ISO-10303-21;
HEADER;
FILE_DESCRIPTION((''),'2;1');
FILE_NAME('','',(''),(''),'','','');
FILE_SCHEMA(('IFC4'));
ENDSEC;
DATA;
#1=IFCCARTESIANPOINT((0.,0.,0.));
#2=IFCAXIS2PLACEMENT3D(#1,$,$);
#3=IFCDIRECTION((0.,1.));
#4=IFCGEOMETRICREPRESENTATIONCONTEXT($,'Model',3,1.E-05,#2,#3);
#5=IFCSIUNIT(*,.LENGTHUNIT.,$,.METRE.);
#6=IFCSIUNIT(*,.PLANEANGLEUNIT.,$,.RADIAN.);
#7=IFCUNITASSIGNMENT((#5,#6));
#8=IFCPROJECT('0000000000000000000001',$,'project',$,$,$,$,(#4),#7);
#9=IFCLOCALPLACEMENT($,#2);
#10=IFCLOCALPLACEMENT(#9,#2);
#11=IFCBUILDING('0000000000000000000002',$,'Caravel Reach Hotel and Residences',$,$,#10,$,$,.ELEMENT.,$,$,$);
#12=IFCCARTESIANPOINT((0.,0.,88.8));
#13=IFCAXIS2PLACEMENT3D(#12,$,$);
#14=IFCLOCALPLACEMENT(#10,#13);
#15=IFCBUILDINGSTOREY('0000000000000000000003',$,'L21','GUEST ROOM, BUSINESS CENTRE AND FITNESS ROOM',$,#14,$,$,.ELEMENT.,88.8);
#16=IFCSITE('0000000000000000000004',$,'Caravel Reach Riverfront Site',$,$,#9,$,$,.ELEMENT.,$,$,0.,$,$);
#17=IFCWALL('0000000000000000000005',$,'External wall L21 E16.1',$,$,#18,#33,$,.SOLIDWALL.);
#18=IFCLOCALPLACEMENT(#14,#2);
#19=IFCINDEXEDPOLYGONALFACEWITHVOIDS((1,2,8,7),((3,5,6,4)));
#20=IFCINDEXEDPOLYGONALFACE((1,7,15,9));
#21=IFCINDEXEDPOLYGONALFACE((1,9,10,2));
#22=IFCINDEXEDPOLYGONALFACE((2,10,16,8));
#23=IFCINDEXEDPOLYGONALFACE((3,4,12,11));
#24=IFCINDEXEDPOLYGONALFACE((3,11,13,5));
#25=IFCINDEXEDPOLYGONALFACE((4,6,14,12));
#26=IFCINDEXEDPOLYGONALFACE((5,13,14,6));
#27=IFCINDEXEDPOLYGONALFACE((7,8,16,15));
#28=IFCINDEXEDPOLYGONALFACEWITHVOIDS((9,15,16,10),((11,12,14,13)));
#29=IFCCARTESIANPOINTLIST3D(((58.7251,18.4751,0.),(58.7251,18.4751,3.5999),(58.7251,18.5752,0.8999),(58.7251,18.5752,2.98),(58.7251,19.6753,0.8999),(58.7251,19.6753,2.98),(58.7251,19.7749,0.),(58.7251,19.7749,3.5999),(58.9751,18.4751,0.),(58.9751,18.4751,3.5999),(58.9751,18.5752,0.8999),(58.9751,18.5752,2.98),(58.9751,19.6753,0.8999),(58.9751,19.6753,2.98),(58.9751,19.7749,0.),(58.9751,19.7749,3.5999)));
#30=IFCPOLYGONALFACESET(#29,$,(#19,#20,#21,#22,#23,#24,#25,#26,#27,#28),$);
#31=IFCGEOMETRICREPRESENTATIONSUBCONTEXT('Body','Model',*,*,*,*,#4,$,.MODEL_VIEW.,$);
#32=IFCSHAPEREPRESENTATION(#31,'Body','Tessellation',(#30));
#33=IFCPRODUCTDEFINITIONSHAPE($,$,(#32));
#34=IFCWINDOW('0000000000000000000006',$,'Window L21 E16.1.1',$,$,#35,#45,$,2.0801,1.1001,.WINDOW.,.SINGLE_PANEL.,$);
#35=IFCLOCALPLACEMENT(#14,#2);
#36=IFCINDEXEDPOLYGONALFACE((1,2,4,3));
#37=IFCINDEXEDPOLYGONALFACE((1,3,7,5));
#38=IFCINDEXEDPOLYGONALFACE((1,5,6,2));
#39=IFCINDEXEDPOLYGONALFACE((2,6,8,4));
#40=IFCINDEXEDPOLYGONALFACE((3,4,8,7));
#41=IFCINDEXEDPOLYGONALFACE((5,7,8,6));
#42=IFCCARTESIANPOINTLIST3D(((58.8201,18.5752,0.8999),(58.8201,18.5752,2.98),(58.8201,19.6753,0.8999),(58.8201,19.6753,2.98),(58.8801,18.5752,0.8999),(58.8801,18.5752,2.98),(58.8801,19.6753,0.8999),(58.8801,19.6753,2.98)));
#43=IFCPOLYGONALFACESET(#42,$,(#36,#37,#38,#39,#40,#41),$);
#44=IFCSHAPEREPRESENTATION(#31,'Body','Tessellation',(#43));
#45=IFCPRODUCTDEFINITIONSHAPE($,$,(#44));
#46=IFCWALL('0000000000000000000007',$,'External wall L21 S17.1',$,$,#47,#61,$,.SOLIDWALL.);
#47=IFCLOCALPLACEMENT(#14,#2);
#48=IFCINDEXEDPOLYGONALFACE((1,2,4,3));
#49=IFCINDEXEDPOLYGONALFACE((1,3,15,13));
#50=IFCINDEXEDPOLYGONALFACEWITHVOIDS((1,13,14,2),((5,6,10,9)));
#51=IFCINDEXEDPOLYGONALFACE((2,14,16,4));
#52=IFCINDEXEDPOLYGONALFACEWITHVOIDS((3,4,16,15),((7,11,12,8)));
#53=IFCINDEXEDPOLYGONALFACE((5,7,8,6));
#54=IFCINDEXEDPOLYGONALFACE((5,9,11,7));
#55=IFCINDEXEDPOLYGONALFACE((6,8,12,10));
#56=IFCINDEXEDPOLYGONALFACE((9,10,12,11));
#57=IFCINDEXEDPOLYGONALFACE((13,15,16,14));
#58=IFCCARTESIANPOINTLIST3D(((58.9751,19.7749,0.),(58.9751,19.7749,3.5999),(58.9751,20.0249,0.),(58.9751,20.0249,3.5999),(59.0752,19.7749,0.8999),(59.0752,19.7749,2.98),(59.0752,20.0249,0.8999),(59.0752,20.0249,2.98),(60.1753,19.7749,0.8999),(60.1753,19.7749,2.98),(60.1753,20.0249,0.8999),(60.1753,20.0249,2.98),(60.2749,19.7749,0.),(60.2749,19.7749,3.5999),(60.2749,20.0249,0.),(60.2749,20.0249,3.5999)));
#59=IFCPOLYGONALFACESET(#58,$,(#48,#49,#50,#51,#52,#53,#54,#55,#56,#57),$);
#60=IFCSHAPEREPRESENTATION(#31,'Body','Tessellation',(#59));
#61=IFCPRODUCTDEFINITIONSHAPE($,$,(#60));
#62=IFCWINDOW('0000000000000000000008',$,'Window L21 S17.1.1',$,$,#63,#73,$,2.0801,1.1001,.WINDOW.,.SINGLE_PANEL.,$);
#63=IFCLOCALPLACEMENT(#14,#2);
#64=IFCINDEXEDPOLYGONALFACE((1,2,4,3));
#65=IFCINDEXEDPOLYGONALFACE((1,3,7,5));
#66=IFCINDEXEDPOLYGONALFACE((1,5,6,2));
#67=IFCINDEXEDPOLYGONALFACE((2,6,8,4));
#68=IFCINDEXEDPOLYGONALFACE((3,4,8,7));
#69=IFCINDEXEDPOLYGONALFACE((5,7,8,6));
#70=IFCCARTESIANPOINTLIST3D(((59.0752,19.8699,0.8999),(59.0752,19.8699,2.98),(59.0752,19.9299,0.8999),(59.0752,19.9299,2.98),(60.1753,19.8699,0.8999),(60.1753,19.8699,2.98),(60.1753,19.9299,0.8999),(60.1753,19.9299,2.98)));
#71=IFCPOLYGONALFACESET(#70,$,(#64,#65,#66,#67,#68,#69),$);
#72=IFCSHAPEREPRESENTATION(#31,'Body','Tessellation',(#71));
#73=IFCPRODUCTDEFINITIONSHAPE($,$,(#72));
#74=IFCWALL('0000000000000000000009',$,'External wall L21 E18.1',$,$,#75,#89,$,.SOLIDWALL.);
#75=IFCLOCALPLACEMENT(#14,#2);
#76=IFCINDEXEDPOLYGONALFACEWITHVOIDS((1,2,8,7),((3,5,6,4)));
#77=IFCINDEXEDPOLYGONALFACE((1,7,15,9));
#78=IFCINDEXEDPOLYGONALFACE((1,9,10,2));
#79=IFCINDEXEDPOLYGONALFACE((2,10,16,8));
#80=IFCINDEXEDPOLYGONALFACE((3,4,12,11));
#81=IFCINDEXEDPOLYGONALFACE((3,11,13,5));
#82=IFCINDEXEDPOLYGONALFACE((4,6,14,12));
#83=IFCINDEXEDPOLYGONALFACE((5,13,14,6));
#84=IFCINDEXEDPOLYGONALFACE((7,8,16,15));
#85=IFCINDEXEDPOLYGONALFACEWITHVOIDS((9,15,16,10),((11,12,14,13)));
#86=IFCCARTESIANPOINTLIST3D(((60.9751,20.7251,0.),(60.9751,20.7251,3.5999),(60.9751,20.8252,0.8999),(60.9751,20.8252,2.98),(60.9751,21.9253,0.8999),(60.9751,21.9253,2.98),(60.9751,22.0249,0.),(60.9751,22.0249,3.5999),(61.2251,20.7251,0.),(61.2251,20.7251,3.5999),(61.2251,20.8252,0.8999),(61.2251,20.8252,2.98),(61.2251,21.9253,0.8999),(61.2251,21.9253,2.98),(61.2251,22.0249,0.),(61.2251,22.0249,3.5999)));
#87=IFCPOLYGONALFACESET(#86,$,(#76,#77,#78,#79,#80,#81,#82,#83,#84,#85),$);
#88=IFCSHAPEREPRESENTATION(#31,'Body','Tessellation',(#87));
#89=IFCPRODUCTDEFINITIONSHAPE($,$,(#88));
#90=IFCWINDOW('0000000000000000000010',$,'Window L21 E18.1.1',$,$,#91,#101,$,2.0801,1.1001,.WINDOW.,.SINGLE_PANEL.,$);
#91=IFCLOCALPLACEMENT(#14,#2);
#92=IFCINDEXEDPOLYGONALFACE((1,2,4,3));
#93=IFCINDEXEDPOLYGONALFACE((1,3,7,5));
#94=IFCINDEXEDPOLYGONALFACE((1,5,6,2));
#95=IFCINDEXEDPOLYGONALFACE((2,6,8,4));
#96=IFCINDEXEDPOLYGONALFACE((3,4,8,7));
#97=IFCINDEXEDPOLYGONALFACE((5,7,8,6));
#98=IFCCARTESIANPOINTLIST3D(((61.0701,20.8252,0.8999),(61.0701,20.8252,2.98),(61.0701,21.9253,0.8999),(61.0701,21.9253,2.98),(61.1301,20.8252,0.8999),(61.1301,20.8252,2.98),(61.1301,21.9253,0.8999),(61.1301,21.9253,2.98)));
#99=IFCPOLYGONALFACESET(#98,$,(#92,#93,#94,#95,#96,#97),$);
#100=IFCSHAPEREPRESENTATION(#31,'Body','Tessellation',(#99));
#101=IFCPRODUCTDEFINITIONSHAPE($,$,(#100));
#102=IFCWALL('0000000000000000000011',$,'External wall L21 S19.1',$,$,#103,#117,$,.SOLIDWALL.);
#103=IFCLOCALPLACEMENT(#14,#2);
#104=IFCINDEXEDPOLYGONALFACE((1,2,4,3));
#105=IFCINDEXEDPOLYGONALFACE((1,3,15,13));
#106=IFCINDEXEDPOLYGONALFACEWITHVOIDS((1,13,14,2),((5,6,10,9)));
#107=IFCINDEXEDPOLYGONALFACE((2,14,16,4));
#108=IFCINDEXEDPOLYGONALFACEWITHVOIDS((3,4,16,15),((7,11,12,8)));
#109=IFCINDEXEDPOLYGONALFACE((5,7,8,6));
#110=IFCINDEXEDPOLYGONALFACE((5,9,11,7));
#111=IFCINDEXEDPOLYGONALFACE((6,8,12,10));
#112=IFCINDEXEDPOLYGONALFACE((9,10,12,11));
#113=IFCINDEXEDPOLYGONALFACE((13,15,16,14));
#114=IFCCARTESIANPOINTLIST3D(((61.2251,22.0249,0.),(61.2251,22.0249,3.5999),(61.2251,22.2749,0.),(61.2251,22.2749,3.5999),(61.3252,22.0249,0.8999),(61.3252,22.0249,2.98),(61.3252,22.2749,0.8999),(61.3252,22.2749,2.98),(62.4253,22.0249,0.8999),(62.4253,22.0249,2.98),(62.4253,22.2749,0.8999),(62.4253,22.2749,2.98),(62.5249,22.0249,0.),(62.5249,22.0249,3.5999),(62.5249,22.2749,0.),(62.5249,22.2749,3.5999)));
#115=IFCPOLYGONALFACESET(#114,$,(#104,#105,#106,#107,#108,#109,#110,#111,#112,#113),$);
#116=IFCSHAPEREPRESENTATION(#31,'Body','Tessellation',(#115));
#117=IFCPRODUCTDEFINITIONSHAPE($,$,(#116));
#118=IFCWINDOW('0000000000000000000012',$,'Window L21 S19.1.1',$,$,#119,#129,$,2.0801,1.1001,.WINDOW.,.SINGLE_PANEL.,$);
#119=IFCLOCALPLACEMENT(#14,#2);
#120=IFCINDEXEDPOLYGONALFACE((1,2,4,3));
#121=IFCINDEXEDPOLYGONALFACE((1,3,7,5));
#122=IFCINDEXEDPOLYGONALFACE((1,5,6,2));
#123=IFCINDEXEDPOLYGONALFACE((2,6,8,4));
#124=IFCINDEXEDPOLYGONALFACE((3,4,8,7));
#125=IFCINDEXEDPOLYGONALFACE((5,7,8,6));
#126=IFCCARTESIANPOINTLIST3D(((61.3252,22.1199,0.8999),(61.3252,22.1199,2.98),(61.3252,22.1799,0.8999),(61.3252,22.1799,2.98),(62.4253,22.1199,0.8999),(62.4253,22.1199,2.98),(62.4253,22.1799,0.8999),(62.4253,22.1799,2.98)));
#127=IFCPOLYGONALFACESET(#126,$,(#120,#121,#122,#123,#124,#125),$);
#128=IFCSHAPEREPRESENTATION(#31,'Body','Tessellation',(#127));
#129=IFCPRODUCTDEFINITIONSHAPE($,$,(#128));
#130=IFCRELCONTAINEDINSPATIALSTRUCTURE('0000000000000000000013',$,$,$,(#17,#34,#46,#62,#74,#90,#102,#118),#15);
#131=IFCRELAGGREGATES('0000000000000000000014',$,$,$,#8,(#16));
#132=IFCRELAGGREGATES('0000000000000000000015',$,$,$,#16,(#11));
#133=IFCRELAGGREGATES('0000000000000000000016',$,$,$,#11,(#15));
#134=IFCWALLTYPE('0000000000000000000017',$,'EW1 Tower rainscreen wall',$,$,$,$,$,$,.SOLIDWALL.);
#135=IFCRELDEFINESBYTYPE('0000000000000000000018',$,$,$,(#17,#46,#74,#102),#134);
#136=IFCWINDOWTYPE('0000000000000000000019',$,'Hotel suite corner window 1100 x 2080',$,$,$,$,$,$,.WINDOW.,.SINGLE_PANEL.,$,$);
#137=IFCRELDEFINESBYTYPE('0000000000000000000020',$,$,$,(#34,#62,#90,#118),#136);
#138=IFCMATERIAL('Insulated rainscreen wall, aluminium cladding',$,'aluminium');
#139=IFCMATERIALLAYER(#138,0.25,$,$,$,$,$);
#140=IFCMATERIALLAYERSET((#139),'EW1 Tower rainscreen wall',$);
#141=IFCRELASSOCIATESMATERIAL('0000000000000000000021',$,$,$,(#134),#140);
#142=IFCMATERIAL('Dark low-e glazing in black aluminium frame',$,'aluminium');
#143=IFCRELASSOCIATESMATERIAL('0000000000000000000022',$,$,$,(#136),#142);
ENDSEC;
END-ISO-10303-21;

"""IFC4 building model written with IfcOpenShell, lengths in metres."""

from ifc_helpers import new_model, si_unit, direction, frame, frame_2d, origin, place, context, subcontext, project, spatial, rectangle, extrude, material, layer, layer_set, type_object, element, fill, save


model = new_model("IFC4")

# Units and contexts
model_context = context("Model", 3, precision=1e-05, world=origin(), true_north=direction((0.0, 1.0)))
body_context = subcontext(model_context, "Body", "Model", "MODEL_VIEW")
ifc_project = project(units=[si_unit("LENGTHUNIT", "METRE"), si_unit("PLANEANGLEUNIT", "RADIAN")], contexts=[model_context])

# Site, building, storey
site_placement = place(None, origin())
site = spatial("IfcSite", under=ifc_project, at=site_placement, Name="Caravel Reach Riverfront Site", CompositionType="ELEMENT", RefElevation=0.0)
building_placement = place(site_placement, origin())
building = spatial("IfcBuilding", under=site, at=building_placement, Name="Caravel Reach Hotel and Residences", CompositionType="ELEMENT")
storey_placement = place(building_placement, frame((0.0, 0.0, 88.8)))
storey = spatial("IfcBuildingStorey", under=building, at=storey_placement, Name="L21", Description="GUEST ROOM, BUSINESS CENTRE AND FITNESS ROOM", CompositionType="ELEMENT", Elevation=88.8)

# Shared definitions
ifc_material_1 = material(Name="Insulated rainscreen wall, aluminium cladding", Category="aluminium")
ifc_layer_1 = layer(ifc_material_1, 0.25)
ifc_layer_set_1 = layer_set([ifc_layer_1], Name="EW1 Tower rainscreen wall")
wall_type_1 = type_object("IfcWallType", Name="EW1 Tower rainscreen wall", PredefinedType="SOLIDWALL", material=ifc_layer_set_1)

# Walls, openings, windows
wall_1_placement = place(storey_placement, frame((58.8501, 18.4751, 0.0), z_axis=(0.0, 0.0, 1.0), x_axis=(0.0, 1.0, 0.0)))
wall_1 = element("IfcWall", 1, at=wall_1_placement, inside=storey, type_object=wall_type_1, Name="External wall L21 E16.1", PredefinedType="SOLIDWALL", context=body_context, shape_type="SweptSolid", body=[
    extrude(rectangle(XDim=1.2998, YDim=0.25, at=frame_2d((0.6499, 0.0))), origin(), (0.0, 0.0, 1.0), 3.5999),
])
opening_1_placement = place(wall_1_placement, frame((0.1001, 0.0, 0.8999)))
opening_1 = element("IfcOpeningElement", 2, at=opening_1_placement, cuts=wall_1, PredefinedType="OPENING", context=body_context, shape_type="SweptSolid", body=[
    extrude(rectangle(XDim=1.1001, YDim=2.0801, at=frame_2d((0.55, 1.04))), frame((0.0, 0.135, 0.0), z_axis=(0.0, -1.0, 0.0), x_axis=(1.0, 0.0, 0.0)), (0.0, 0.0, 1.0), 0.27),
])
ifc_material_2 = material(Name="Dark low-e glazing in black aluminium frame", Category="aluminium")
window_type_1 = type_object("IfcWindowType", Name="Hotel suite corner window 1100 x 2080", PartitioningType="SINGLE_PANEL", PredefinedType="WINDOW", material=ifc_material_2)
window_1_placement = place(opening_1_placement, origin())
window_1 = element("IfcWindow", 3, at=window_1_placement, inside=storey, type_object=window_type_1, Name="Window L21 E16.1.1", OverallHeight=2.0801, OverallWidth=1.1001, PartitioningType="SINGLE_PANEL", PredefinedType="WINDOW", context=body_context, shape_type="SweptSolid", body=[
    extrude(rectangle(XDim=1.1001, YDim=2.0801, at=frame_2d((0.55, 1.04))), frame((0.0, 0.03, 0.0), z_axis=(0.0, -1.0, 0.0), x_axis=(1.0, 0.0, 0.0)), (0.0, 0.0, 1.0), 0.0601),
])
fill(opening_1, window_1)
wall_2_placement = place(storey_placement, frame((58.9751, 19.8999, 0.0), z_axis=(0.0, 0.0, 1.0), x_axis=(1.0, 0.0, 0.0)))
wall_2 = element("IfcWall", 4, at=wall_2_placement, inside=storey, type_object=wall_type_1, Name="External wall L21 S17.1", PredefinedType="SOLIDWALL", context=body_context, shape_type="SweptSolid", body=[
    extrude(rectangle(XDim=1.2998, YDim=0.25, at=frame_2d((0.6499, 0.0))), origin(), (0.0, 0.0, 1.0), 3.5999),
])
opening_2_placement = place(wall_2_placement, frame((0.1001, 0.0, 0.8999)))
opening_2 = element("IfcOpeningElement", 5, at=opening_2_placement, cuts=wall_2, PredefinedType="OPENING", context=body_context, shape_type="SweptSolid", body=[
    extrude(rectangle(XDim=1.1001, YDim=2.0801, at=frame_2d((0.55, 1.04))), frame((0.0, 0.135, 0.0), z_axis=(0.0, -1.0, 0.0), x_axis=(1.0, 0.0, 0.0)), (0.0, 0.0, 1.0), 0.27),
])
window_2_placement = place(opening_2_placement, origin())
window_2 = element("IfcWindow", 6, at=window_2_placement, inside=storey, type_object=window_type_1, Name="Window L21 S17.1.1", OverallHeight=2.0801, OverallWidth=1.1001, PartitioningType="SINGLE_PANEL", PredefinedType="WINDOW", context=body_context, shape_type="SweptSolid", body=[
    extrude(rectangle(XDim=1.1001, YDim=2.0801, at=frame_2d((0.55, 1.04))), frame((0.0, 0.03, 0.0), z_axis=(0.0, -1.0, 0.0), x_axis=(1.0, 0.0, 0.0)), (0.0, 0.0, 1.0), 0.0601),
])
fill(opening_2, window_2)
wall_3_placement = place(storey_placement, frame((61.1001, 20.7251, 0.0), z_axis=(0.0, 0.0, 1.0), x_axis=(0.0, 1.0, 0.0)))
wall_3 = element("IfcWall", 7, at=wall_3_placement, inside=storey, type_object=wall_type_1, Name="External wall L21 E18.1", PredefinedType="SOLIDWALL", context=body_context, shape_type="SweptSolid", body=[
    extrude(rectangle(XDim=1.2998, YDim=0.25, at=frame_2d((0.6499, 0.0))), origin(), (0.0, 0.0, 1.0), 3.5999),
])
opening_3_placement = place(wall_3_placement, frame((0.1001, 0.0, 0.8999)))
opening_3 = element("IfcOpeningElement", 8, at=opening_3_placement, cuts=wall_3, PredefinedType="OPENING", context=body_context, shape_type="SweptSolid", body=[
    extrude(rectangle(XDim=1.1001, YDim=2.0801, at=frame_2d((0.55, 1.04))), frame((0.0, 0.135, 0.0), z_axis=(0.0, -1.0, 0.0), x_axis=(1.0, 0.0, 0.0)), (0.0, 0.0, 1.0), 0.27),
])
window_3_placement = place(opening_3_placement, origin())
window_3 = element("IfcWindow", 9, at=window_3_placement, inside=storey, type_object=window_type_1, Name="Window L21 E18.1.1", OverallHeight=2.0801, OverallWidth=1.1001, PartitioningType="SINGLE_PANEL", PredefinedType="WINDOW", context=body_context, shape_type="SweptSolid", body=[
    extrude(rectangle(XDim=1.1001, YDim=2.0801, at=frame_2d((0.55, 1.04))), frame((0.0, 0.03, 0.0), z_axis=(0.0, -1.0, 0.0), x_axis=(1.0, 0.0, 0.0)), (0.0, 0.0, 1.0), 0.0601),
])
fill(opening_3, window_3)
wall_4_placement = place(storey_placement, frame((61.2251, 22.1499, 0.0), z_axis=(0.0, 0.0, 1.0), x_axis=(1.0, 0.0, 0.0)))
wall_4 = element("IfcWall", 10, at=wall_4_placement, inside=storey, type_object=wall_type_1, Name="External wall L21 S19.1", PredefinedType="SOLIDWALL", context=body_context, shape_type="SweptSolid", body=[
    extrude(rectangle(XDim=1.2998, YDim=0.25, at=frame_2d((0.6499, 0.0))), origin(), (0.0, 0.0, 1.0), 3.5999),
])
opening_4_placement = place(wall_4_placement, frame((0.1001, 0.0, 0.8999)))
opening_4 = element("IfcOpeningElement", 11, at=opening_4_placement, cuts=wall_4, PredefinedType="OPENING", context=body_context, shape_type="SweptSolid", body=[
    extrude(rectangle(XDim=1.1001, YDim=2.0801, at=frame_2d((0.55, 1.04))), frame((0.0, 0.135, 0.0), z_axis=(0.0, -1.0, 0.0), x_axis=(1.0, 0.0, 0.0)), (0.0, 0.0, 1.0), 0.27),
])
window_4_placement = place(opening_4_placement, origin())
window_4 = element("IfcWindow", 12, at=window_4_placement, inside=storey, type_object=window_type_1, Name="Window L21 S19.1.1", OverallHeight=2.0801, OverallWidth=1.1001, PartitioningType="SINGLE_PANEL", PredefinedType="WINDOW", context=body_context, shape_type="SweptSolid", body=[
    extrude(rectangle(XDim=1.1001, YDim=2.0801, at=frame_2d((0.55, 1.04))), frame((0.0, 0.03, 0.0), z_axis=(0.0, -1.0, 0.0), x_axis=(1.0, 0.0, 0.0)), (0.0, 0.0, 1.0), 0.0601),
])
fill(opening_4, window_4)

save(model, "model.ifc")
